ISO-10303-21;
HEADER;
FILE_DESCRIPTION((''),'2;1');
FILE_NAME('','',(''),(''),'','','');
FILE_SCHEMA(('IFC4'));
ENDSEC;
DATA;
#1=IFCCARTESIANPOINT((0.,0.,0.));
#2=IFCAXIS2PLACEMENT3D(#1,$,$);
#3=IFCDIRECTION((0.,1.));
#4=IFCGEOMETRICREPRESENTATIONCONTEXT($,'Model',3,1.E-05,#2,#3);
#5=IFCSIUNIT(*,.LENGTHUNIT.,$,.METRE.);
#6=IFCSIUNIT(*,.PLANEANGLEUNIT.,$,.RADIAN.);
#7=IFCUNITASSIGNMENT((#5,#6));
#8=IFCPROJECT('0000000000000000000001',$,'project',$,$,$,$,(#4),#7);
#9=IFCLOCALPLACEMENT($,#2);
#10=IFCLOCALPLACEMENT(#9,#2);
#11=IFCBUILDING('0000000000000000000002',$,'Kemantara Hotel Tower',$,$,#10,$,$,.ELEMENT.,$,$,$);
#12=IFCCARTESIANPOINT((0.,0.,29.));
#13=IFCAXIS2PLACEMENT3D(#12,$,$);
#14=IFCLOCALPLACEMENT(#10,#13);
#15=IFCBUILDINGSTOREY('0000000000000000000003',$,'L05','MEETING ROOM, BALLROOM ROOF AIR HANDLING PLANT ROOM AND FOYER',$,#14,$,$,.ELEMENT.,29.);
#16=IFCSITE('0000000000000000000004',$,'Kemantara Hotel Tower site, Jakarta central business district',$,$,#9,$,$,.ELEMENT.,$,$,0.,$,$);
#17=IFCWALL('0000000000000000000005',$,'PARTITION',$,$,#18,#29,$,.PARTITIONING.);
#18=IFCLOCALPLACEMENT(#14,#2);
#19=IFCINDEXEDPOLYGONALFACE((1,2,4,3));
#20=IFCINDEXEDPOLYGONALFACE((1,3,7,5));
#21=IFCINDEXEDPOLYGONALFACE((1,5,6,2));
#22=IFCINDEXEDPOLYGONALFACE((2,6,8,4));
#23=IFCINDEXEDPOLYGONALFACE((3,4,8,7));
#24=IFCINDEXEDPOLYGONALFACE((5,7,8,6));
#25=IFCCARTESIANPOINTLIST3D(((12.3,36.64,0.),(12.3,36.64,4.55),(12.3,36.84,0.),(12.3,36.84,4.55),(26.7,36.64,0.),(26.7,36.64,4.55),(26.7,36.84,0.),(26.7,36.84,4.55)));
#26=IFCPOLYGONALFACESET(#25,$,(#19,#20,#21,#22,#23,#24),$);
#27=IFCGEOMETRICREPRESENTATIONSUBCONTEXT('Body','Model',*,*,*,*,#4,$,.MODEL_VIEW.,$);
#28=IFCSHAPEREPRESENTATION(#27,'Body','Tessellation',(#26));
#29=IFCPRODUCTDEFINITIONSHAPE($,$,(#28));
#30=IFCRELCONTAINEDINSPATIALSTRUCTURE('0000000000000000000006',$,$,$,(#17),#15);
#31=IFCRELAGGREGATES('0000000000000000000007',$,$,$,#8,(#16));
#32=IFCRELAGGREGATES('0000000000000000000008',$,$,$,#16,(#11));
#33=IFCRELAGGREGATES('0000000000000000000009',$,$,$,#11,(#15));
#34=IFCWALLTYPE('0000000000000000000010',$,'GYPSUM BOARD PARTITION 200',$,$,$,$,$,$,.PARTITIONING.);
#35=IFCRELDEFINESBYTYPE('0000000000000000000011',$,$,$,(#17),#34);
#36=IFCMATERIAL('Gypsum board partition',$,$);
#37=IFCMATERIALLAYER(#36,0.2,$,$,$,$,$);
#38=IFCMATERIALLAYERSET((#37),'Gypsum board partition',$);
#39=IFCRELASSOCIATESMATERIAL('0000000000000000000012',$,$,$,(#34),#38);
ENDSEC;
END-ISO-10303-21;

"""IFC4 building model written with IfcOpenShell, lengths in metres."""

from ifc_helpers import new_model, si_unit, direction, frame, frame_2d, origin, place, context, subcontext, project, spatial, rectangle, extrude, material, layer, layer_set, type_object, element, save


model = new_model("IFC4")

# Units and contexts
model_context = context("Model", 3, precision=1e-05, world=origin(), true_north=direction((0.0, 1.0)))
body_context = subcontext(model_context, "Body", "Model", "MODEL_VIEW")
ifc_project = project(units=[si_unit("LENGTHUNIT", "METRE"), si_unit("PLANEANGLEUNIT", "RADIAN")], contexts=[model_context])

# Site, building, storey
site_placement = place(None, origin())
site = spatial("IfcSite", under=ifc_project, at=site_placement, Name="Kemantara Hotel Tower site, Jakarta central business district", CompositionType="ELEMENT", RefElevation=0.0)
building_placement = place(site_placement, origin())
building = spatial("IfcBuilding", under=site, at=building_placement, Name="Kemantara Hotel Tower", CompositionType="ELEMENT")
storey_placement = place(building_placement, frame((0.0, 0.0, 29.0)))
storey = spatial("IfcBuildingStorey", under=building, at=storey_placement, Name="L05", Description="MEETING ROOM, BALLROOM ROOF AIR HANDLING PLANT ROOM AND FOYER", CompositionType="ELEMENT", Elevation=29.0)

# Wall
ifc_material_1 = material(Name="Gypsum board partition")
ifc_layer_1 = layer(ifc_material_1, 0.2)
ifc_layer_set_1 = layer_set([ifc_layer_1], Name="Gypsum board partition")
wall_type_1 = type_object("IfcWallType", Name="GYPSUM BOARD PARTITION 200", PredefinedType="PARTITIONING", material=ifc_layer_set_1)
wall_1_placement = place(storey_placement, frame((12.3, 36.74, 0.0), z_axis=(0.0, 0.0, 1.0), x_axis=(1.0, 0.0, 0.0)))
element("IfcWall", 1, at=wall_1_placement, inside=storey, type_object=wall_type_1, Name="PARTITION", PredefinedType="PARTITIONING", context=body_context, shape_type="SweptSolid", body=[
    extrude(rectangle(XDim=14.3999, YDim=0.2, at=frame_2d((7.2, 0.0))), origin(), (0.0, 0.0, 1.0), 4.55),
])

save(model, "model.ifc")
